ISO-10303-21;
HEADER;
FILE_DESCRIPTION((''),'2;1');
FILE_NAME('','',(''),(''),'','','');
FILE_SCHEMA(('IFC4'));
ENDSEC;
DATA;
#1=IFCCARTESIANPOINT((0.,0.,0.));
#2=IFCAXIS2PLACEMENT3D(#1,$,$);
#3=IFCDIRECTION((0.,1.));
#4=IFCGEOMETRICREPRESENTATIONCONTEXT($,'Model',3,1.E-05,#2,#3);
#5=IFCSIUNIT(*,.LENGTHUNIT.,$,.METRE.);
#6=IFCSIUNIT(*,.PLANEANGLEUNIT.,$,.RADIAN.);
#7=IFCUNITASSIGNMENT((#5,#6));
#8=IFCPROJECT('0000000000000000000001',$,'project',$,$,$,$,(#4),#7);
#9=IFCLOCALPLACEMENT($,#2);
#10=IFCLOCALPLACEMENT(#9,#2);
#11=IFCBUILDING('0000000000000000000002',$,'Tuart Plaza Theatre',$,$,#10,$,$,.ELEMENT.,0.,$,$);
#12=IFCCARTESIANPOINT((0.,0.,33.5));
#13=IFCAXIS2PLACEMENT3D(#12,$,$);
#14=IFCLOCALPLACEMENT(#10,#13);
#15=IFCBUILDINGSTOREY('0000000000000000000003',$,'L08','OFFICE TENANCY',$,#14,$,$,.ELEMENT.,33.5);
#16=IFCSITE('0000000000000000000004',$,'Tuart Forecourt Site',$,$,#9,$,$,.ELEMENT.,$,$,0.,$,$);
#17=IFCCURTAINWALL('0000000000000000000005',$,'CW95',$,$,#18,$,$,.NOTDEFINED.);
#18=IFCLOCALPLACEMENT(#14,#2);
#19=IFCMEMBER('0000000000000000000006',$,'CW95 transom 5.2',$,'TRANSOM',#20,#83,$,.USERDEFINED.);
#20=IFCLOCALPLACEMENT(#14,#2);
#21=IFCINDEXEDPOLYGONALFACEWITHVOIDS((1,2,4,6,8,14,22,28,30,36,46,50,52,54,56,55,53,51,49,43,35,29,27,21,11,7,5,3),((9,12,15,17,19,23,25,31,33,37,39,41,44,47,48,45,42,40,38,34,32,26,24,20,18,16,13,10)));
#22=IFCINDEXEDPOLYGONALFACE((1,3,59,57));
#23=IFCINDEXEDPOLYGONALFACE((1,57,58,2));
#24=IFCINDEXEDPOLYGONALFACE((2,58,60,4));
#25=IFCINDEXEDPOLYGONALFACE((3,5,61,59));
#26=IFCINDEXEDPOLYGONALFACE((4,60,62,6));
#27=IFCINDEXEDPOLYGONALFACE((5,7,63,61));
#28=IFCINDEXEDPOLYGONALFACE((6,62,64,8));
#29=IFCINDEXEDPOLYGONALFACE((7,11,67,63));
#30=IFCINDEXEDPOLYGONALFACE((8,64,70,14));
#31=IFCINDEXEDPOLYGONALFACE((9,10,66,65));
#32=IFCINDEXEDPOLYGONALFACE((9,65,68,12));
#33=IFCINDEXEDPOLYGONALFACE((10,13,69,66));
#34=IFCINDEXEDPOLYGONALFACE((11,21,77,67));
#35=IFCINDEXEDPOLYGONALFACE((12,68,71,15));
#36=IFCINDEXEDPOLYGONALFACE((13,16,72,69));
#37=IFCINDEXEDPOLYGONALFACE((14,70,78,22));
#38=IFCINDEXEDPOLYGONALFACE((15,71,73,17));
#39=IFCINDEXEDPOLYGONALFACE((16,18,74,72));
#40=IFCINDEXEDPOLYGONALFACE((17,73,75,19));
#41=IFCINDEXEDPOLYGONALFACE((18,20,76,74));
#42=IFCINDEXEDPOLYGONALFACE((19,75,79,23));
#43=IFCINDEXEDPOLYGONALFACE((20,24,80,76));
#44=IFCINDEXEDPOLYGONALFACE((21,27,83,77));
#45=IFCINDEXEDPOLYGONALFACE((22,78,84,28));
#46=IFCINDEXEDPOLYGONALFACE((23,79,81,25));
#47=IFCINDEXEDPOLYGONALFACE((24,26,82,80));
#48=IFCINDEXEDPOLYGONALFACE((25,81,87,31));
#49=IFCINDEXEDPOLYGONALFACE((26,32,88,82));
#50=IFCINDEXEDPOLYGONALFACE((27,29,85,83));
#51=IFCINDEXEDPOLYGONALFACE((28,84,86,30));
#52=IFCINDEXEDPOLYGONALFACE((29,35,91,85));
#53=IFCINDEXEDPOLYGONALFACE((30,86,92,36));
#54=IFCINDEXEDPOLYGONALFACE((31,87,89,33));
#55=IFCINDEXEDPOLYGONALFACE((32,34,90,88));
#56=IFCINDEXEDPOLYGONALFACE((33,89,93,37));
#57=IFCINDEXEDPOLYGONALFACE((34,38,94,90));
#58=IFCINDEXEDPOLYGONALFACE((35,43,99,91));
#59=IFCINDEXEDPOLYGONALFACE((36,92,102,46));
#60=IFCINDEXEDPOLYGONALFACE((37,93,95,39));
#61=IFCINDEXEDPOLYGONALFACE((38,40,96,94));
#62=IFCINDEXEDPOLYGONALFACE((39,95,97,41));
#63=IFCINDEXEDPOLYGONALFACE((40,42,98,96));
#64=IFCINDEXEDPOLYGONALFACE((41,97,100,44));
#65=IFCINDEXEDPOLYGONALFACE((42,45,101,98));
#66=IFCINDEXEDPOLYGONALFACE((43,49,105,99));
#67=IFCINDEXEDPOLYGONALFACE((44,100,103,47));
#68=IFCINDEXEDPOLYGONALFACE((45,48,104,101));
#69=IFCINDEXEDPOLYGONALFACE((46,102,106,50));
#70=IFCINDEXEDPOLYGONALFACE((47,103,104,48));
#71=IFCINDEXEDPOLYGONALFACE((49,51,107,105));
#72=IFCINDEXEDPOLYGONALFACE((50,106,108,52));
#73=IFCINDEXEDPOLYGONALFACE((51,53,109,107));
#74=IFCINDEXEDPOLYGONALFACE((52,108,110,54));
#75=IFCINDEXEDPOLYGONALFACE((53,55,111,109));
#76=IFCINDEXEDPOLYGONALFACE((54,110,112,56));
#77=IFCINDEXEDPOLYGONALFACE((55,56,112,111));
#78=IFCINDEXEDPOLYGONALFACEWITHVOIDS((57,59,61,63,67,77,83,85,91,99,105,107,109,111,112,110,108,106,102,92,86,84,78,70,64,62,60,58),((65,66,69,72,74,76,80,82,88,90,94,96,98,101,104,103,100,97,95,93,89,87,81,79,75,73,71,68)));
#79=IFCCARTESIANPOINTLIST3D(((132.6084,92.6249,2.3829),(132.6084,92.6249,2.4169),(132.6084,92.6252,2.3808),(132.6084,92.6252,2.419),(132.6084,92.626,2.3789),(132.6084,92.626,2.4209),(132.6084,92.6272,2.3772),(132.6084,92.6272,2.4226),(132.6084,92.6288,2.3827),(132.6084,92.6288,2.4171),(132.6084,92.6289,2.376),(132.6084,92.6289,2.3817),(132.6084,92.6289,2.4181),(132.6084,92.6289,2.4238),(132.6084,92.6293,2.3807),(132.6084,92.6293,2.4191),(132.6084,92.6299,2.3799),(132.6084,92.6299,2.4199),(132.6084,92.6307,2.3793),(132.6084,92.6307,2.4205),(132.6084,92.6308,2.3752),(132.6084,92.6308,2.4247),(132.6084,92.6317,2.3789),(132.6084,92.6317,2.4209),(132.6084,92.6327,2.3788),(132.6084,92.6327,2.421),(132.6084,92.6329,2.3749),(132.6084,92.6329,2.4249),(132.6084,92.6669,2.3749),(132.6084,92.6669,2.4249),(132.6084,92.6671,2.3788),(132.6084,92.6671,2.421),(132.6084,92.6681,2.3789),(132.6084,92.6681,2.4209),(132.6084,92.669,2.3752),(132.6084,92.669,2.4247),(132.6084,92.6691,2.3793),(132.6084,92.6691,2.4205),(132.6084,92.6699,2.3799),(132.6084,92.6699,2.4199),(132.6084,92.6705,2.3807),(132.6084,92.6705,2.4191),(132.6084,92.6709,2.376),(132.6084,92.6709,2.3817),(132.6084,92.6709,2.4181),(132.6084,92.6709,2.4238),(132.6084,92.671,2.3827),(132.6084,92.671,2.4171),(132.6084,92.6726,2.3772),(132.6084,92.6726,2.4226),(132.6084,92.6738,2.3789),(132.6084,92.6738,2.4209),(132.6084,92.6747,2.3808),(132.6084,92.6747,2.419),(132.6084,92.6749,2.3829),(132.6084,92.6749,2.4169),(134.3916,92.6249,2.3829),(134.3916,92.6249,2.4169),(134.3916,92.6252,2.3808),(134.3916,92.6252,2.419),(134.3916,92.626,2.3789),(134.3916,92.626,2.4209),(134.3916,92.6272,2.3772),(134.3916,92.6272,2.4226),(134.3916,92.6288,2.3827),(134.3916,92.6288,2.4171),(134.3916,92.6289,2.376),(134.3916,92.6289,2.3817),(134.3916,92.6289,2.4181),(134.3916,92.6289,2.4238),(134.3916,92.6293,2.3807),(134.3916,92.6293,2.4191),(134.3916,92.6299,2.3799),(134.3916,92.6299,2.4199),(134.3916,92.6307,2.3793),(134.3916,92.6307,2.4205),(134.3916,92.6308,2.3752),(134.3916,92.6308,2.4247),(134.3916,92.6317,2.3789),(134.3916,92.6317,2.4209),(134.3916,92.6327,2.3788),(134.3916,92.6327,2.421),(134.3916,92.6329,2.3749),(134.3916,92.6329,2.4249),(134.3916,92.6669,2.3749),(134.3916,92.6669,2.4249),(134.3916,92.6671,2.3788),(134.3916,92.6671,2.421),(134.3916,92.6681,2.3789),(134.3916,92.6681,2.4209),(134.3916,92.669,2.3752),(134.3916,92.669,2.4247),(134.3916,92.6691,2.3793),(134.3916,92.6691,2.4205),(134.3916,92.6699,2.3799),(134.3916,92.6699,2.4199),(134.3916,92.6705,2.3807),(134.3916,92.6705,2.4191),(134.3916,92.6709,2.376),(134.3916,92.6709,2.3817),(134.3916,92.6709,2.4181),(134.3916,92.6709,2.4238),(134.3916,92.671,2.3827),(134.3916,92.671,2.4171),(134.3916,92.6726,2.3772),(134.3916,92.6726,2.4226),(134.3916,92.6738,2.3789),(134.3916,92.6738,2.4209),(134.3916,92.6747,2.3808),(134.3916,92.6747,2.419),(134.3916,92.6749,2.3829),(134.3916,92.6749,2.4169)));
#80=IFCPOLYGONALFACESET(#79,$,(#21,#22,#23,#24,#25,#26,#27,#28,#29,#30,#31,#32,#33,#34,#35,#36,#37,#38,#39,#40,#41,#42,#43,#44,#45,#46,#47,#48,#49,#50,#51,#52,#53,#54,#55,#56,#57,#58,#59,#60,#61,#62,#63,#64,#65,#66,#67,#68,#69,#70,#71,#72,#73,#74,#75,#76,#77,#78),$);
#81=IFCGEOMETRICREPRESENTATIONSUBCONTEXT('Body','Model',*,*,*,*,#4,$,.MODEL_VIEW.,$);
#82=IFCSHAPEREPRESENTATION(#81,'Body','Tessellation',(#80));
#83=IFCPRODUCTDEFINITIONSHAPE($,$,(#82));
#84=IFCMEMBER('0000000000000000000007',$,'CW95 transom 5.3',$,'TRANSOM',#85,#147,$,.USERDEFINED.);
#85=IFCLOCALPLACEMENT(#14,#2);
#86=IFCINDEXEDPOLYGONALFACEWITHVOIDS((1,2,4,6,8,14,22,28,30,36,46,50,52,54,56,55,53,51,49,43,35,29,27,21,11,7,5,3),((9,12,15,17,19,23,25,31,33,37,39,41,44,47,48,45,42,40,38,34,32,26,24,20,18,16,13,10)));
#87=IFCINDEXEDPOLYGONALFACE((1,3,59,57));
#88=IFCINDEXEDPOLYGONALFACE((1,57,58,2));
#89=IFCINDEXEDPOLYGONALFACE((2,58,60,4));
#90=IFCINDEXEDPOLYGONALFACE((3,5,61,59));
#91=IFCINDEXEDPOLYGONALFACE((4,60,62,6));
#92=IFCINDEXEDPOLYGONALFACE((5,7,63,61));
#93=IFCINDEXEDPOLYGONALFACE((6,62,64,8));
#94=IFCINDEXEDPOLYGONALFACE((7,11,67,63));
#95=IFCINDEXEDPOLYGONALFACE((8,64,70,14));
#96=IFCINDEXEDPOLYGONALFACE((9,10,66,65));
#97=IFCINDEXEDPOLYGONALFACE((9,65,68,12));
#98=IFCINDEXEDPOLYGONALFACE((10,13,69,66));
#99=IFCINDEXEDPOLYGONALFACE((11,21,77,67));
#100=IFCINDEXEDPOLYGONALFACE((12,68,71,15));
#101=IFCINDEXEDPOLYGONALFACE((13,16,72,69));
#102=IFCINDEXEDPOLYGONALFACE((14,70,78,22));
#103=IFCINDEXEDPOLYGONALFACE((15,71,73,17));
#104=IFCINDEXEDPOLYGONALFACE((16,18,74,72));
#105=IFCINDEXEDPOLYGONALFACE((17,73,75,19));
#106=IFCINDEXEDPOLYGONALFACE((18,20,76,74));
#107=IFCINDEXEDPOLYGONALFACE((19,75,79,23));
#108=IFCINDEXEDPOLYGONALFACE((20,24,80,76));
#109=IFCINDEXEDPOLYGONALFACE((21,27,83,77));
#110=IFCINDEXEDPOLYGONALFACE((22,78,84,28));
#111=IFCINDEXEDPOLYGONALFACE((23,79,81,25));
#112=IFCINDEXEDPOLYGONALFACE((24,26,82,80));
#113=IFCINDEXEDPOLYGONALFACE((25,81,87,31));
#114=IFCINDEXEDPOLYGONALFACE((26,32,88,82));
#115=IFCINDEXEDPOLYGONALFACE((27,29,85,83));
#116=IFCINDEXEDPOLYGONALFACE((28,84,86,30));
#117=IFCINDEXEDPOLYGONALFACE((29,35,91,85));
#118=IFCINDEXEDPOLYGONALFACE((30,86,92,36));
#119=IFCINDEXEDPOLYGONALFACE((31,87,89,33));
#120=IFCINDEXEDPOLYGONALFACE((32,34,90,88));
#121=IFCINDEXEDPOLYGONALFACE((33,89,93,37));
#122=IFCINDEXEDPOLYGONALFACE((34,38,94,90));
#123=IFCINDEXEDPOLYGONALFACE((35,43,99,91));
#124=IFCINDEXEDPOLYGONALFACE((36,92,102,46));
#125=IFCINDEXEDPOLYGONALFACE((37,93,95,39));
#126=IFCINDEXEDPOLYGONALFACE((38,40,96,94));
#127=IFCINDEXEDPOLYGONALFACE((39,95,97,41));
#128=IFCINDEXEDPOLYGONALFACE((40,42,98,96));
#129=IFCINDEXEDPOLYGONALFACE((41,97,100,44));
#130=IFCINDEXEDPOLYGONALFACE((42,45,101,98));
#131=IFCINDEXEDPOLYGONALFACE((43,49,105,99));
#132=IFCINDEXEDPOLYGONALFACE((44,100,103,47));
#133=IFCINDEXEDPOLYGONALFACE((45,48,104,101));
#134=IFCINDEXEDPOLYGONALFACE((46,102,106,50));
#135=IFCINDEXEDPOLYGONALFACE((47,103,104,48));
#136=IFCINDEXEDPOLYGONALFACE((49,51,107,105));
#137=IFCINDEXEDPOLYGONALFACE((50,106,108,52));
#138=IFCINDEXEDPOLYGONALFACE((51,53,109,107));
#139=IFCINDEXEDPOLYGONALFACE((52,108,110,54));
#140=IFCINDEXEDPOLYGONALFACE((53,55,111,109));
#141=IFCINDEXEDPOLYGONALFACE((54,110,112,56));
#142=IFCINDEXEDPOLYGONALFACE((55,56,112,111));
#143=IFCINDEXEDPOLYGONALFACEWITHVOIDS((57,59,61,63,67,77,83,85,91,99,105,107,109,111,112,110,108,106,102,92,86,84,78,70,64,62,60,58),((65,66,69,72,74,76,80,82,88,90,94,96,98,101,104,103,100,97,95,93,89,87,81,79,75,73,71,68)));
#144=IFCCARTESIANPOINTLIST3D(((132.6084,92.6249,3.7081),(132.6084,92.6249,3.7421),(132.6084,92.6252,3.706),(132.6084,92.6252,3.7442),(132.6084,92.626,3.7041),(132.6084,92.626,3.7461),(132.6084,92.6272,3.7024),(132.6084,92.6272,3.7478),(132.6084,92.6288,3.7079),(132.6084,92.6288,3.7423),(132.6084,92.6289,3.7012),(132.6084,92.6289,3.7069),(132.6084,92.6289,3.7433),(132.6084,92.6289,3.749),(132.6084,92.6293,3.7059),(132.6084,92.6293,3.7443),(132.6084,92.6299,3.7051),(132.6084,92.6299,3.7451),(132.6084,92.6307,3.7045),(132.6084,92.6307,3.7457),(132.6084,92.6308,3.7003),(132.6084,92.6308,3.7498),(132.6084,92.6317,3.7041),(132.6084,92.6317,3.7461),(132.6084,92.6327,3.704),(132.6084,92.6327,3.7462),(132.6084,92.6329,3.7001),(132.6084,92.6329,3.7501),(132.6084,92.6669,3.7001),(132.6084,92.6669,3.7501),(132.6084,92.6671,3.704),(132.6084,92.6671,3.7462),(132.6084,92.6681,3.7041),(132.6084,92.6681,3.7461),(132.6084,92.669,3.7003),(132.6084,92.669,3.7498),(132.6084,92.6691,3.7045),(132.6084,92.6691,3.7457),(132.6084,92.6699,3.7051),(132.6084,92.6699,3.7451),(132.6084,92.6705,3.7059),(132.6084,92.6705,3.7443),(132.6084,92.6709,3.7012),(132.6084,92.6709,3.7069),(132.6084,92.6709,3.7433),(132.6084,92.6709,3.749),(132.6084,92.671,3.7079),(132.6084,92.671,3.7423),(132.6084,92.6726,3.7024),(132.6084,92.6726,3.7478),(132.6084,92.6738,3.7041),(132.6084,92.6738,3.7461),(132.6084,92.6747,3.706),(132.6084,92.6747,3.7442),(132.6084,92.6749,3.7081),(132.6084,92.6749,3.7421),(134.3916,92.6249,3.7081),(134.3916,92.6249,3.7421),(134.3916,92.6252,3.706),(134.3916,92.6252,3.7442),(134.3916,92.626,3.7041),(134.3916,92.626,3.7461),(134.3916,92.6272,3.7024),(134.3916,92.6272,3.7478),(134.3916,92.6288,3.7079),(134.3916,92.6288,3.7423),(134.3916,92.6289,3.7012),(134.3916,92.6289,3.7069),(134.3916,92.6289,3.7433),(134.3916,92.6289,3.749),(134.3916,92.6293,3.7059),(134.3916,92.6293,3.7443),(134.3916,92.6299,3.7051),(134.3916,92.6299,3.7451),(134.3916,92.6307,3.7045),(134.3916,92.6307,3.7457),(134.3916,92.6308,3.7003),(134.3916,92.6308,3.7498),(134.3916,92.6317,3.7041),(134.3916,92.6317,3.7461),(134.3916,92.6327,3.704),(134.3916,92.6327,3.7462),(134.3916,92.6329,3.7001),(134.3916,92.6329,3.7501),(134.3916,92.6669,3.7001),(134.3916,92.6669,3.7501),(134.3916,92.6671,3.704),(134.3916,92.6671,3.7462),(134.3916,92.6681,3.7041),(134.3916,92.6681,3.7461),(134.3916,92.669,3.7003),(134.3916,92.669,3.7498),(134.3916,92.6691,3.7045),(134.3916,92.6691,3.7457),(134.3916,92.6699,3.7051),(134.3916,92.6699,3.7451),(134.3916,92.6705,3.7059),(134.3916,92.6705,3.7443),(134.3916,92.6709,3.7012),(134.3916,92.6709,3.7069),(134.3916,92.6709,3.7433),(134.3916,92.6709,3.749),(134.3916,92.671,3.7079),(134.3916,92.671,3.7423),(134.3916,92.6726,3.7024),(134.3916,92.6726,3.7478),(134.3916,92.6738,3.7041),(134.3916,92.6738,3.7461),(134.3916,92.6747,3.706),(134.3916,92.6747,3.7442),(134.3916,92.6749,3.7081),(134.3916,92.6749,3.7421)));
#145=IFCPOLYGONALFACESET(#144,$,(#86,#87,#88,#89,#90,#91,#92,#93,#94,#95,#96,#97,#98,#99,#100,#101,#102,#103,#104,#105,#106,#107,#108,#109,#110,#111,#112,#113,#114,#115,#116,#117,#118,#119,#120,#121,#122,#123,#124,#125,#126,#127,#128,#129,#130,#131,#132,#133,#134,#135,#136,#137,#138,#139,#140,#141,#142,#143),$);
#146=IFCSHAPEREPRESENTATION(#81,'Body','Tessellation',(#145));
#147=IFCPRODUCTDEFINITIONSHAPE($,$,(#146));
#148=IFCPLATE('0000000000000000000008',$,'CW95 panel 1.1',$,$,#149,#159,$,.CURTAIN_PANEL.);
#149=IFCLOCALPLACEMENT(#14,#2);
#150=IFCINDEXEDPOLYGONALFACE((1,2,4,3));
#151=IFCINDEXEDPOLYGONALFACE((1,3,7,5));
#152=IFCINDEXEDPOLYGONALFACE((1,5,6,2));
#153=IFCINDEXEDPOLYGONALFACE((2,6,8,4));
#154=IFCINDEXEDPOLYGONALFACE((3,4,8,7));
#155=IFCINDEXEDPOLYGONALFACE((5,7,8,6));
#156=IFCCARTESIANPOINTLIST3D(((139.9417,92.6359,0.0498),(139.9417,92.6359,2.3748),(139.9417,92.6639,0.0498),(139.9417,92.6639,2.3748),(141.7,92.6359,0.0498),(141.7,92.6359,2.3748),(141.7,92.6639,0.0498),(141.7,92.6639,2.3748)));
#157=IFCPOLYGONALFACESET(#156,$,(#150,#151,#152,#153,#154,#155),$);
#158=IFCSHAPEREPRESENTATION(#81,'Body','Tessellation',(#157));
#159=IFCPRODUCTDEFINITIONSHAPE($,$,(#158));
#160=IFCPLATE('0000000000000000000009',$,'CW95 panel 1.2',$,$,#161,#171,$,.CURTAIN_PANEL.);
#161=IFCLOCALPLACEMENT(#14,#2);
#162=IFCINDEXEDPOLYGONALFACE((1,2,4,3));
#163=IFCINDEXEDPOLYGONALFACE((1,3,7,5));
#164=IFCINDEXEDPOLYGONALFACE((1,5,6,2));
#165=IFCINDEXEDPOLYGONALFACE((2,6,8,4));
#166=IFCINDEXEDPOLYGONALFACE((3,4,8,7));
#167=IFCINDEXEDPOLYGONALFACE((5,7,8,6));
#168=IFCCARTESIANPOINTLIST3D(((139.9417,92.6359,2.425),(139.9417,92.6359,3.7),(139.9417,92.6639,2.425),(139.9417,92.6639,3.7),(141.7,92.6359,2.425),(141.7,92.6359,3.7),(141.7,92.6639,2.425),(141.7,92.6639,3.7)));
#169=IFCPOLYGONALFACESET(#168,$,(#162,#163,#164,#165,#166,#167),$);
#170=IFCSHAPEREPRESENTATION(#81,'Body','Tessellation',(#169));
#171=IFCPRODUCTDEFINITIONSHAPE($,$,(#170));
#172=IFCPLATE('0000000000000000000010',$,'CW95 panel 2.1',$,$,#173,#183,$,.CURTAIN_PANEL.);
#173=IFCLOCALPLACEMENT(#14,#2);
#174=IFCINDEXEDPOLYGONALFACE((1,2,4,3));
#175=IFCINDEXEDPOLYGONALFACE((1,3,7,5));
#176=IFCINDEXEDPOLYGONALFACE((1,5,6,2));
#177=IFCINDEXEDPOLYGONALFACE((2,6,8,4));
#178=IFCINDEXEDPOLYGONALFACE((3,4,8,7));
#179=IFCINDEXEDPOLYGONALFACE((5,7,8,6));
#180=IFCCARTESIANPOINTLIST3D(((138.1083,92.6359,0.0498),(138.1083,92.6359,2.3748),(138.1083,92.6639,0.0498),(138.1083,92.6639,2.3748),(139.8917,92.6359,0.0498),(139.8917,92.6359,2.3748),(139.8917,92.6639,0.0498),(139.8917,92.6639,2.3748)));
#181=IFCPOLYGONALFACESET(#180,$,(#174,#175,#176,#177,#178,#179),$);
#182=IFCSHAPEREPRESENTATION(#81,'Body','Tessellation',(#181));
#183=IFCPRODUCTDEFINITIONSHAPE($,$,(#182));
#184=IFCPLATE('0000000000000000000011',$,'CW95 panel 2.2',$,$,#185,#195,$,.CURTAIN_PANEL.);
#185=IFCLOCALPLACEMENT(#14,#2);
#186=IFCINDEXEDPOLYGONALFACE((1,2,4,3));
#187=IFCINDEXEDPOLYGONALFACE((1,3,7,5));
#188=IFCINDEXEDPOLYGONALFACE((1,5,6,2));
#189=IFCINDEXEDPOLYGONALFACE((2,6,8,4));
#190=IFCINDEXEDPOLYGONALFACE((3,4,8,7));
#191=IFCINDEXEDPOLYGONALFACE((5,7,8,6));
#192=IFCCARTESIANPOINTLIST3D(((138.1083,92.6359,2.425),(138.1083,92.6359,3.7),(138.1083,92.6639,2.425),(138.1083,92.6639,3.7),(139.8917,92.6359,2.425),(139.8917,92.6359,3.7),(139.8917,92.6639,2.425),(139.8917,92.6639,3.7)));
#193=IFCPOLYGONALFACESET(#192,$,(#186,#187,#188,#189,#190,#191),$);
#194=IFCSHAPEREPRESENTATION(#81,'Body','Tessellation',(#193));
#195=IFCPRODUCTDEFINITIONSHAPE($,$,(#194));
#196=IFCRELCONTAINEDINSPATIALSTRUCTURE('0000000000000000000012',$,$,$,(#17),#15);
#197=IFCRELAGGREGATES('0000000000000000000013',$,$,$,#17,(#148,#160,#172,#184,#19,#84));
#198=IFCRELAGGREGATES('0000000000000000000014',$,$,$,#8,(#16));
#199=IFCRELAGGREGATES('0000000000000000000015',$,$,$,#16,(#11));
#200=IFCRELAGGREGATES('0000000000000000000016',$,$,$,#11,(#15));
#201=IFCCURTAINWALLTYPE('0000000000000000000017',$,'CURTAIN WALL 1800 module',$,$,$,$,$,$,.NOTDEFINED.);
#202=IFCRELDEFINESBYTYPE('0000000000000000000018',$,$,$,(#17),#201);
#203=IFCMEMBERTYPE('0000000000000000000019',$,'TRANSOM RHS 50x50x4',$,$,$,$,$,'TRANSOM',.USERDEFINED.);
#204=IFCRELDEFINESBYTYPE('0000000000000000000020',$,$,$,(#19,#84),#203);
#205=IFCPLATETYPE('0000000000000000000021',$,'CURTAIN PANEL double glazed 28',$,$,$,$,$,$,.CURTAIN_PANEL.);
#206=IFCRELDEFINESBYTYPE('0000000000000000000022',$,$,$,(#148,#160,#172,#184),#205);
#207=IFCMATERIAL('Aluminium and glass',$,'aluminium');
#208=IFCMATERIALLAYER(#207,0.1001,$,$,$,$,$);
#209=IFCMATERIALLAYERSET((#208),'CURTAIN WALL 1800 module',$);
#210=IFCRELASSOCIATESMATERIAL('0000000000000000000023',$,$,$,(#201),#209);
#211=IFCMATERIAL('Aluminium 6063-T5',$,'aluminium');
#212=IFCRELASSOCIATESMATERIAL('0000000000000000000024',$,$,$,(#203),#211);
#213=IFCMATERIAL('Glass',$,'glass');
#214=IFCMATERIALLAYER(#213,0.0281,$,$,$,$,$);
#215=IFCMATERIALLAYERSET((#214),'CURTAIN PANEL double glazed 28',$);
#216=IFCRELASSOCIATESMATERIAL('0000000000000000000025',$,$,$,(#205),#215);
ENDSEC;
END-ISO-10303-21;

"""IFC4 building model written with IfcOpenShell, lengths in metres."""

from ifc_helpers import new_model, si_unit, direction, frame, origin, origin_2d, place, context, subcontext, project, spatial, rectangle, hollow_rectangle, extrude, material, layer, layer_set, material_profile, profile_set, type_object, element, aggregate, save


model = new_model("IFC4")

# Units and contexts
model_context = context("Model", 3, precision=1e-05, world=origin(), true_north=direction((0.0, 1.0)))
body_context = subcontext(model_context, "Body", "Model", "MODEL_VIEW")
ifc_project = project(units=[si_unit("LENGTHUNIT", "METRE"), si_unit("PLANEANGLEUNIT", "RADIAN")], contexts=[model_context])

# Site, building, storey
site_placement = place(None, origin())
site = spatial("IfcSite", under=ifc_project, at=site_placement, Name="Tuart Forecourt Site", CompositionType="ELEMENT", RefElevation=0.0)
building_placement = place(site_placement, origin())
building = spatial("IfcBuilding", under=site, at=building_placement, Name="Tuart Plaza Theatre", CompositionType="ELEMENT", ElevationOfRefHeight=0.0)
storey_placement = place(building_placement, frame((0.0, 0.0, 33.5)))
storey = spatial("IfcBuildingStorey", under=building, at=storey_placement, Name="L08", Description="OFFICE TENANCY", CompositionType="ELEMENT", Elevation=33.5)

# Curtain wall, members, plates
ifc_material_1 = material(Name="Aluminium and glass", Category="aluminium")
ifc_layer_1 = layer(ifc_material_1, 0.1001)
ifc_layer_set_1 = layer_set([ifc_layer_1], Name="CURTAIN WALL 1800 module")
curtain_wall_type = type_object("IfcCurtainWallType", Name="CURTAIN WALL 1800 module", PredefinedType="NOTDEFINED", material=ifc_layer_set_1)
curtain_wall_placement = place(storey_placement, origin())
curtain_wall = element("IfcCurtainWall", 1, at=curtain_wall_placement, inside=storey, type_object=curtain_wall_type, Name="CW95", PredefinedType="NOTDEFINED")
ifc_material_2 = material(Name="Aluminium 6063-T5", Category="aluminium")
ifc_material_profile_1 = material_profile(ifc_material_2, hollow_rectangle(XDim=0.05, YDim=0.05, WallThickness=0.0039, InnerFilletRadius=0.0039, OuterFilletRadius=0.0081, at=origin_2d()), Name="RHS 50x50x4")
ifc_profile_set_1 = profile_set([ifc_material_profile_1], Name="Aluminium 6063-T5")
member_type_1 = type_object("IfcMemberType", Name="TRANSOM RHS 50x50x4", ElementType="TRANSOM", PredefinedType="USERDEFINED", material=ifc_profile_set_1)
member_1_placement = place(storey_placement, frame((134.3916, 92.6499, 2.3999), z_axis=(-1.0, 0.0, 0.0), x_axis=(0.0, -1.0, 0.0)))
member_1 = element("IfcMember", 2, at=member_1_placement, type_object=member_type_1, Name="CW95 transom 5.2", ObjectType="TRANSOM", PredefinedType="USERDEFINED", context=body_context, shape_type="SweptSolid", body=[
    extrude(hollow_rectangle(XDim=0.05, YDim=0.05, WallThickness=0.0039, InnerFilletRadius=0.0039, OuterFilletRadius=0.0081, at=origin_2d()), origin(), (0.0, 0.0, 1.0), 1.7832),
])
member_2_placement = place(storey_placement, frame((134.3916, 92.6499, 3.7251), z_axis=(-1.0, 0.0, 0.0), x_axis=(0.0, -1.0, 0.0)))
member_2 = element("IfcMember", 3, at=member_2_placement, type_object=member_type_1, Name="CW95 transom 5.3", ObjectType="TRANSOM", PredefinedType="USERDEFINED", context=body_context, shape_type="SweptSolid", body=[
    extrude(hollow_rectangle(XDim=0.05, YDim=0.05, WallThickness=0.0039, InnerFilletRadius=0.0039, OuterFilletRadius=0.0081, at=origin_2d()), origin(), (0.0, 0.0, 1.0), 1.7832),
])
ifc_material_3 = material(Name="Glass", Category="glass")
ifc_layer_2 = layer(ifc_material_3, 0.0281)
ifc_layer_set_2 = layer_set([ifc_layer_2], Name="CURTAIN PANEL double glazed 28")
plate_type = type_object("IfcPlateType", Name="CURTAIN PANEL double glazed 28", PredefinedType="CURTAIN_PANEL", material=ifc_layer_set_2)
plate_1_placement = place(storey_placement, frame((140.8208, 92.6499, 0.0498), z_axis=(0.0, 0.0, 1.0), x_axis=(-1.0, 0.0, 0.0)))
plate_1 = element("IfcPlate", 4, at=plate_1_placement, type_object=plate_type, Name="CW95 panel 1.1", PredefinedType="CURTAIN_PANEL", context=body_context, shape_type="SweptSolid", body=[
    extrude(rectangle(XDim=1.7583, YDim=0.0281, at=origin_2d()), origin(), (0.0, 0.0, 1.0), 2.325),
])
plate_2_placement = place(storey_placement, frame((140.8208, 92.6499, 2.425), z_axis=(0.0, 0.0, 1.0), x_axis=(-1.0, 0.0, 0.0)))
plate_2 = element("IfcPlate", 5, at=plate_2_placement, type_object=plate_type, Name="CW95 panel 1.2", PredefinedType="CURTAIN_PANEL", context=body_context, shape_type="SweptSolid", body=[
    extrude(rectangle(XDim=1.7583, YDim=0.0281, at=origin_2d()), origin(), (0.0, 0.0, 1.0), 1.2749),
])
plate_3_placement = place(storey_placement, frame((139.0, 92.6499, 0.0498), z_axis=(0.0, 0.0, 1.0), x_axis=(-1.0, 0.0, 0.0)))
plate_3 = element("IfcPlate", 6, at=plate_3_placement, type_object=plate_type, Name="CW95 panel 2.1", PredefinedType="CURTAIN_PANEL", context=body_context, shape_type="SweptSolid", body=[
    extrude(rectangle(XDim=1.7834, YDim=0.0281, at=origin_2d()), origin(), (0.0, 0.0, 1.0), 2.325),
])
plate_4_placement = place(storey_placement, frame((139.0, 92.6499, 2.425), z_axis=(0.0, 0.0, 1.0), x_axis=(-1.0, 0.0, 0.0)))
plate_4 = element("IfcPlate", 7, at=plate_4_placement, type_object=plate_type, Name="CW95 panel 2.2", PredefinedType="CURTAIN_PANEL", context=body_context, shape_type="SweptSolid", body=[
    extrude(rectangle(XDim=1.7834, YDim=0.0281, at=origin_2d()), origin(), (0.0, 0.0, 1.0), 1.2749),
])
aggregate(curtain_wall, [plate_1, plate_2, plate_3, plate_4, member_1, member_2])

save(model, "model.ifc")
